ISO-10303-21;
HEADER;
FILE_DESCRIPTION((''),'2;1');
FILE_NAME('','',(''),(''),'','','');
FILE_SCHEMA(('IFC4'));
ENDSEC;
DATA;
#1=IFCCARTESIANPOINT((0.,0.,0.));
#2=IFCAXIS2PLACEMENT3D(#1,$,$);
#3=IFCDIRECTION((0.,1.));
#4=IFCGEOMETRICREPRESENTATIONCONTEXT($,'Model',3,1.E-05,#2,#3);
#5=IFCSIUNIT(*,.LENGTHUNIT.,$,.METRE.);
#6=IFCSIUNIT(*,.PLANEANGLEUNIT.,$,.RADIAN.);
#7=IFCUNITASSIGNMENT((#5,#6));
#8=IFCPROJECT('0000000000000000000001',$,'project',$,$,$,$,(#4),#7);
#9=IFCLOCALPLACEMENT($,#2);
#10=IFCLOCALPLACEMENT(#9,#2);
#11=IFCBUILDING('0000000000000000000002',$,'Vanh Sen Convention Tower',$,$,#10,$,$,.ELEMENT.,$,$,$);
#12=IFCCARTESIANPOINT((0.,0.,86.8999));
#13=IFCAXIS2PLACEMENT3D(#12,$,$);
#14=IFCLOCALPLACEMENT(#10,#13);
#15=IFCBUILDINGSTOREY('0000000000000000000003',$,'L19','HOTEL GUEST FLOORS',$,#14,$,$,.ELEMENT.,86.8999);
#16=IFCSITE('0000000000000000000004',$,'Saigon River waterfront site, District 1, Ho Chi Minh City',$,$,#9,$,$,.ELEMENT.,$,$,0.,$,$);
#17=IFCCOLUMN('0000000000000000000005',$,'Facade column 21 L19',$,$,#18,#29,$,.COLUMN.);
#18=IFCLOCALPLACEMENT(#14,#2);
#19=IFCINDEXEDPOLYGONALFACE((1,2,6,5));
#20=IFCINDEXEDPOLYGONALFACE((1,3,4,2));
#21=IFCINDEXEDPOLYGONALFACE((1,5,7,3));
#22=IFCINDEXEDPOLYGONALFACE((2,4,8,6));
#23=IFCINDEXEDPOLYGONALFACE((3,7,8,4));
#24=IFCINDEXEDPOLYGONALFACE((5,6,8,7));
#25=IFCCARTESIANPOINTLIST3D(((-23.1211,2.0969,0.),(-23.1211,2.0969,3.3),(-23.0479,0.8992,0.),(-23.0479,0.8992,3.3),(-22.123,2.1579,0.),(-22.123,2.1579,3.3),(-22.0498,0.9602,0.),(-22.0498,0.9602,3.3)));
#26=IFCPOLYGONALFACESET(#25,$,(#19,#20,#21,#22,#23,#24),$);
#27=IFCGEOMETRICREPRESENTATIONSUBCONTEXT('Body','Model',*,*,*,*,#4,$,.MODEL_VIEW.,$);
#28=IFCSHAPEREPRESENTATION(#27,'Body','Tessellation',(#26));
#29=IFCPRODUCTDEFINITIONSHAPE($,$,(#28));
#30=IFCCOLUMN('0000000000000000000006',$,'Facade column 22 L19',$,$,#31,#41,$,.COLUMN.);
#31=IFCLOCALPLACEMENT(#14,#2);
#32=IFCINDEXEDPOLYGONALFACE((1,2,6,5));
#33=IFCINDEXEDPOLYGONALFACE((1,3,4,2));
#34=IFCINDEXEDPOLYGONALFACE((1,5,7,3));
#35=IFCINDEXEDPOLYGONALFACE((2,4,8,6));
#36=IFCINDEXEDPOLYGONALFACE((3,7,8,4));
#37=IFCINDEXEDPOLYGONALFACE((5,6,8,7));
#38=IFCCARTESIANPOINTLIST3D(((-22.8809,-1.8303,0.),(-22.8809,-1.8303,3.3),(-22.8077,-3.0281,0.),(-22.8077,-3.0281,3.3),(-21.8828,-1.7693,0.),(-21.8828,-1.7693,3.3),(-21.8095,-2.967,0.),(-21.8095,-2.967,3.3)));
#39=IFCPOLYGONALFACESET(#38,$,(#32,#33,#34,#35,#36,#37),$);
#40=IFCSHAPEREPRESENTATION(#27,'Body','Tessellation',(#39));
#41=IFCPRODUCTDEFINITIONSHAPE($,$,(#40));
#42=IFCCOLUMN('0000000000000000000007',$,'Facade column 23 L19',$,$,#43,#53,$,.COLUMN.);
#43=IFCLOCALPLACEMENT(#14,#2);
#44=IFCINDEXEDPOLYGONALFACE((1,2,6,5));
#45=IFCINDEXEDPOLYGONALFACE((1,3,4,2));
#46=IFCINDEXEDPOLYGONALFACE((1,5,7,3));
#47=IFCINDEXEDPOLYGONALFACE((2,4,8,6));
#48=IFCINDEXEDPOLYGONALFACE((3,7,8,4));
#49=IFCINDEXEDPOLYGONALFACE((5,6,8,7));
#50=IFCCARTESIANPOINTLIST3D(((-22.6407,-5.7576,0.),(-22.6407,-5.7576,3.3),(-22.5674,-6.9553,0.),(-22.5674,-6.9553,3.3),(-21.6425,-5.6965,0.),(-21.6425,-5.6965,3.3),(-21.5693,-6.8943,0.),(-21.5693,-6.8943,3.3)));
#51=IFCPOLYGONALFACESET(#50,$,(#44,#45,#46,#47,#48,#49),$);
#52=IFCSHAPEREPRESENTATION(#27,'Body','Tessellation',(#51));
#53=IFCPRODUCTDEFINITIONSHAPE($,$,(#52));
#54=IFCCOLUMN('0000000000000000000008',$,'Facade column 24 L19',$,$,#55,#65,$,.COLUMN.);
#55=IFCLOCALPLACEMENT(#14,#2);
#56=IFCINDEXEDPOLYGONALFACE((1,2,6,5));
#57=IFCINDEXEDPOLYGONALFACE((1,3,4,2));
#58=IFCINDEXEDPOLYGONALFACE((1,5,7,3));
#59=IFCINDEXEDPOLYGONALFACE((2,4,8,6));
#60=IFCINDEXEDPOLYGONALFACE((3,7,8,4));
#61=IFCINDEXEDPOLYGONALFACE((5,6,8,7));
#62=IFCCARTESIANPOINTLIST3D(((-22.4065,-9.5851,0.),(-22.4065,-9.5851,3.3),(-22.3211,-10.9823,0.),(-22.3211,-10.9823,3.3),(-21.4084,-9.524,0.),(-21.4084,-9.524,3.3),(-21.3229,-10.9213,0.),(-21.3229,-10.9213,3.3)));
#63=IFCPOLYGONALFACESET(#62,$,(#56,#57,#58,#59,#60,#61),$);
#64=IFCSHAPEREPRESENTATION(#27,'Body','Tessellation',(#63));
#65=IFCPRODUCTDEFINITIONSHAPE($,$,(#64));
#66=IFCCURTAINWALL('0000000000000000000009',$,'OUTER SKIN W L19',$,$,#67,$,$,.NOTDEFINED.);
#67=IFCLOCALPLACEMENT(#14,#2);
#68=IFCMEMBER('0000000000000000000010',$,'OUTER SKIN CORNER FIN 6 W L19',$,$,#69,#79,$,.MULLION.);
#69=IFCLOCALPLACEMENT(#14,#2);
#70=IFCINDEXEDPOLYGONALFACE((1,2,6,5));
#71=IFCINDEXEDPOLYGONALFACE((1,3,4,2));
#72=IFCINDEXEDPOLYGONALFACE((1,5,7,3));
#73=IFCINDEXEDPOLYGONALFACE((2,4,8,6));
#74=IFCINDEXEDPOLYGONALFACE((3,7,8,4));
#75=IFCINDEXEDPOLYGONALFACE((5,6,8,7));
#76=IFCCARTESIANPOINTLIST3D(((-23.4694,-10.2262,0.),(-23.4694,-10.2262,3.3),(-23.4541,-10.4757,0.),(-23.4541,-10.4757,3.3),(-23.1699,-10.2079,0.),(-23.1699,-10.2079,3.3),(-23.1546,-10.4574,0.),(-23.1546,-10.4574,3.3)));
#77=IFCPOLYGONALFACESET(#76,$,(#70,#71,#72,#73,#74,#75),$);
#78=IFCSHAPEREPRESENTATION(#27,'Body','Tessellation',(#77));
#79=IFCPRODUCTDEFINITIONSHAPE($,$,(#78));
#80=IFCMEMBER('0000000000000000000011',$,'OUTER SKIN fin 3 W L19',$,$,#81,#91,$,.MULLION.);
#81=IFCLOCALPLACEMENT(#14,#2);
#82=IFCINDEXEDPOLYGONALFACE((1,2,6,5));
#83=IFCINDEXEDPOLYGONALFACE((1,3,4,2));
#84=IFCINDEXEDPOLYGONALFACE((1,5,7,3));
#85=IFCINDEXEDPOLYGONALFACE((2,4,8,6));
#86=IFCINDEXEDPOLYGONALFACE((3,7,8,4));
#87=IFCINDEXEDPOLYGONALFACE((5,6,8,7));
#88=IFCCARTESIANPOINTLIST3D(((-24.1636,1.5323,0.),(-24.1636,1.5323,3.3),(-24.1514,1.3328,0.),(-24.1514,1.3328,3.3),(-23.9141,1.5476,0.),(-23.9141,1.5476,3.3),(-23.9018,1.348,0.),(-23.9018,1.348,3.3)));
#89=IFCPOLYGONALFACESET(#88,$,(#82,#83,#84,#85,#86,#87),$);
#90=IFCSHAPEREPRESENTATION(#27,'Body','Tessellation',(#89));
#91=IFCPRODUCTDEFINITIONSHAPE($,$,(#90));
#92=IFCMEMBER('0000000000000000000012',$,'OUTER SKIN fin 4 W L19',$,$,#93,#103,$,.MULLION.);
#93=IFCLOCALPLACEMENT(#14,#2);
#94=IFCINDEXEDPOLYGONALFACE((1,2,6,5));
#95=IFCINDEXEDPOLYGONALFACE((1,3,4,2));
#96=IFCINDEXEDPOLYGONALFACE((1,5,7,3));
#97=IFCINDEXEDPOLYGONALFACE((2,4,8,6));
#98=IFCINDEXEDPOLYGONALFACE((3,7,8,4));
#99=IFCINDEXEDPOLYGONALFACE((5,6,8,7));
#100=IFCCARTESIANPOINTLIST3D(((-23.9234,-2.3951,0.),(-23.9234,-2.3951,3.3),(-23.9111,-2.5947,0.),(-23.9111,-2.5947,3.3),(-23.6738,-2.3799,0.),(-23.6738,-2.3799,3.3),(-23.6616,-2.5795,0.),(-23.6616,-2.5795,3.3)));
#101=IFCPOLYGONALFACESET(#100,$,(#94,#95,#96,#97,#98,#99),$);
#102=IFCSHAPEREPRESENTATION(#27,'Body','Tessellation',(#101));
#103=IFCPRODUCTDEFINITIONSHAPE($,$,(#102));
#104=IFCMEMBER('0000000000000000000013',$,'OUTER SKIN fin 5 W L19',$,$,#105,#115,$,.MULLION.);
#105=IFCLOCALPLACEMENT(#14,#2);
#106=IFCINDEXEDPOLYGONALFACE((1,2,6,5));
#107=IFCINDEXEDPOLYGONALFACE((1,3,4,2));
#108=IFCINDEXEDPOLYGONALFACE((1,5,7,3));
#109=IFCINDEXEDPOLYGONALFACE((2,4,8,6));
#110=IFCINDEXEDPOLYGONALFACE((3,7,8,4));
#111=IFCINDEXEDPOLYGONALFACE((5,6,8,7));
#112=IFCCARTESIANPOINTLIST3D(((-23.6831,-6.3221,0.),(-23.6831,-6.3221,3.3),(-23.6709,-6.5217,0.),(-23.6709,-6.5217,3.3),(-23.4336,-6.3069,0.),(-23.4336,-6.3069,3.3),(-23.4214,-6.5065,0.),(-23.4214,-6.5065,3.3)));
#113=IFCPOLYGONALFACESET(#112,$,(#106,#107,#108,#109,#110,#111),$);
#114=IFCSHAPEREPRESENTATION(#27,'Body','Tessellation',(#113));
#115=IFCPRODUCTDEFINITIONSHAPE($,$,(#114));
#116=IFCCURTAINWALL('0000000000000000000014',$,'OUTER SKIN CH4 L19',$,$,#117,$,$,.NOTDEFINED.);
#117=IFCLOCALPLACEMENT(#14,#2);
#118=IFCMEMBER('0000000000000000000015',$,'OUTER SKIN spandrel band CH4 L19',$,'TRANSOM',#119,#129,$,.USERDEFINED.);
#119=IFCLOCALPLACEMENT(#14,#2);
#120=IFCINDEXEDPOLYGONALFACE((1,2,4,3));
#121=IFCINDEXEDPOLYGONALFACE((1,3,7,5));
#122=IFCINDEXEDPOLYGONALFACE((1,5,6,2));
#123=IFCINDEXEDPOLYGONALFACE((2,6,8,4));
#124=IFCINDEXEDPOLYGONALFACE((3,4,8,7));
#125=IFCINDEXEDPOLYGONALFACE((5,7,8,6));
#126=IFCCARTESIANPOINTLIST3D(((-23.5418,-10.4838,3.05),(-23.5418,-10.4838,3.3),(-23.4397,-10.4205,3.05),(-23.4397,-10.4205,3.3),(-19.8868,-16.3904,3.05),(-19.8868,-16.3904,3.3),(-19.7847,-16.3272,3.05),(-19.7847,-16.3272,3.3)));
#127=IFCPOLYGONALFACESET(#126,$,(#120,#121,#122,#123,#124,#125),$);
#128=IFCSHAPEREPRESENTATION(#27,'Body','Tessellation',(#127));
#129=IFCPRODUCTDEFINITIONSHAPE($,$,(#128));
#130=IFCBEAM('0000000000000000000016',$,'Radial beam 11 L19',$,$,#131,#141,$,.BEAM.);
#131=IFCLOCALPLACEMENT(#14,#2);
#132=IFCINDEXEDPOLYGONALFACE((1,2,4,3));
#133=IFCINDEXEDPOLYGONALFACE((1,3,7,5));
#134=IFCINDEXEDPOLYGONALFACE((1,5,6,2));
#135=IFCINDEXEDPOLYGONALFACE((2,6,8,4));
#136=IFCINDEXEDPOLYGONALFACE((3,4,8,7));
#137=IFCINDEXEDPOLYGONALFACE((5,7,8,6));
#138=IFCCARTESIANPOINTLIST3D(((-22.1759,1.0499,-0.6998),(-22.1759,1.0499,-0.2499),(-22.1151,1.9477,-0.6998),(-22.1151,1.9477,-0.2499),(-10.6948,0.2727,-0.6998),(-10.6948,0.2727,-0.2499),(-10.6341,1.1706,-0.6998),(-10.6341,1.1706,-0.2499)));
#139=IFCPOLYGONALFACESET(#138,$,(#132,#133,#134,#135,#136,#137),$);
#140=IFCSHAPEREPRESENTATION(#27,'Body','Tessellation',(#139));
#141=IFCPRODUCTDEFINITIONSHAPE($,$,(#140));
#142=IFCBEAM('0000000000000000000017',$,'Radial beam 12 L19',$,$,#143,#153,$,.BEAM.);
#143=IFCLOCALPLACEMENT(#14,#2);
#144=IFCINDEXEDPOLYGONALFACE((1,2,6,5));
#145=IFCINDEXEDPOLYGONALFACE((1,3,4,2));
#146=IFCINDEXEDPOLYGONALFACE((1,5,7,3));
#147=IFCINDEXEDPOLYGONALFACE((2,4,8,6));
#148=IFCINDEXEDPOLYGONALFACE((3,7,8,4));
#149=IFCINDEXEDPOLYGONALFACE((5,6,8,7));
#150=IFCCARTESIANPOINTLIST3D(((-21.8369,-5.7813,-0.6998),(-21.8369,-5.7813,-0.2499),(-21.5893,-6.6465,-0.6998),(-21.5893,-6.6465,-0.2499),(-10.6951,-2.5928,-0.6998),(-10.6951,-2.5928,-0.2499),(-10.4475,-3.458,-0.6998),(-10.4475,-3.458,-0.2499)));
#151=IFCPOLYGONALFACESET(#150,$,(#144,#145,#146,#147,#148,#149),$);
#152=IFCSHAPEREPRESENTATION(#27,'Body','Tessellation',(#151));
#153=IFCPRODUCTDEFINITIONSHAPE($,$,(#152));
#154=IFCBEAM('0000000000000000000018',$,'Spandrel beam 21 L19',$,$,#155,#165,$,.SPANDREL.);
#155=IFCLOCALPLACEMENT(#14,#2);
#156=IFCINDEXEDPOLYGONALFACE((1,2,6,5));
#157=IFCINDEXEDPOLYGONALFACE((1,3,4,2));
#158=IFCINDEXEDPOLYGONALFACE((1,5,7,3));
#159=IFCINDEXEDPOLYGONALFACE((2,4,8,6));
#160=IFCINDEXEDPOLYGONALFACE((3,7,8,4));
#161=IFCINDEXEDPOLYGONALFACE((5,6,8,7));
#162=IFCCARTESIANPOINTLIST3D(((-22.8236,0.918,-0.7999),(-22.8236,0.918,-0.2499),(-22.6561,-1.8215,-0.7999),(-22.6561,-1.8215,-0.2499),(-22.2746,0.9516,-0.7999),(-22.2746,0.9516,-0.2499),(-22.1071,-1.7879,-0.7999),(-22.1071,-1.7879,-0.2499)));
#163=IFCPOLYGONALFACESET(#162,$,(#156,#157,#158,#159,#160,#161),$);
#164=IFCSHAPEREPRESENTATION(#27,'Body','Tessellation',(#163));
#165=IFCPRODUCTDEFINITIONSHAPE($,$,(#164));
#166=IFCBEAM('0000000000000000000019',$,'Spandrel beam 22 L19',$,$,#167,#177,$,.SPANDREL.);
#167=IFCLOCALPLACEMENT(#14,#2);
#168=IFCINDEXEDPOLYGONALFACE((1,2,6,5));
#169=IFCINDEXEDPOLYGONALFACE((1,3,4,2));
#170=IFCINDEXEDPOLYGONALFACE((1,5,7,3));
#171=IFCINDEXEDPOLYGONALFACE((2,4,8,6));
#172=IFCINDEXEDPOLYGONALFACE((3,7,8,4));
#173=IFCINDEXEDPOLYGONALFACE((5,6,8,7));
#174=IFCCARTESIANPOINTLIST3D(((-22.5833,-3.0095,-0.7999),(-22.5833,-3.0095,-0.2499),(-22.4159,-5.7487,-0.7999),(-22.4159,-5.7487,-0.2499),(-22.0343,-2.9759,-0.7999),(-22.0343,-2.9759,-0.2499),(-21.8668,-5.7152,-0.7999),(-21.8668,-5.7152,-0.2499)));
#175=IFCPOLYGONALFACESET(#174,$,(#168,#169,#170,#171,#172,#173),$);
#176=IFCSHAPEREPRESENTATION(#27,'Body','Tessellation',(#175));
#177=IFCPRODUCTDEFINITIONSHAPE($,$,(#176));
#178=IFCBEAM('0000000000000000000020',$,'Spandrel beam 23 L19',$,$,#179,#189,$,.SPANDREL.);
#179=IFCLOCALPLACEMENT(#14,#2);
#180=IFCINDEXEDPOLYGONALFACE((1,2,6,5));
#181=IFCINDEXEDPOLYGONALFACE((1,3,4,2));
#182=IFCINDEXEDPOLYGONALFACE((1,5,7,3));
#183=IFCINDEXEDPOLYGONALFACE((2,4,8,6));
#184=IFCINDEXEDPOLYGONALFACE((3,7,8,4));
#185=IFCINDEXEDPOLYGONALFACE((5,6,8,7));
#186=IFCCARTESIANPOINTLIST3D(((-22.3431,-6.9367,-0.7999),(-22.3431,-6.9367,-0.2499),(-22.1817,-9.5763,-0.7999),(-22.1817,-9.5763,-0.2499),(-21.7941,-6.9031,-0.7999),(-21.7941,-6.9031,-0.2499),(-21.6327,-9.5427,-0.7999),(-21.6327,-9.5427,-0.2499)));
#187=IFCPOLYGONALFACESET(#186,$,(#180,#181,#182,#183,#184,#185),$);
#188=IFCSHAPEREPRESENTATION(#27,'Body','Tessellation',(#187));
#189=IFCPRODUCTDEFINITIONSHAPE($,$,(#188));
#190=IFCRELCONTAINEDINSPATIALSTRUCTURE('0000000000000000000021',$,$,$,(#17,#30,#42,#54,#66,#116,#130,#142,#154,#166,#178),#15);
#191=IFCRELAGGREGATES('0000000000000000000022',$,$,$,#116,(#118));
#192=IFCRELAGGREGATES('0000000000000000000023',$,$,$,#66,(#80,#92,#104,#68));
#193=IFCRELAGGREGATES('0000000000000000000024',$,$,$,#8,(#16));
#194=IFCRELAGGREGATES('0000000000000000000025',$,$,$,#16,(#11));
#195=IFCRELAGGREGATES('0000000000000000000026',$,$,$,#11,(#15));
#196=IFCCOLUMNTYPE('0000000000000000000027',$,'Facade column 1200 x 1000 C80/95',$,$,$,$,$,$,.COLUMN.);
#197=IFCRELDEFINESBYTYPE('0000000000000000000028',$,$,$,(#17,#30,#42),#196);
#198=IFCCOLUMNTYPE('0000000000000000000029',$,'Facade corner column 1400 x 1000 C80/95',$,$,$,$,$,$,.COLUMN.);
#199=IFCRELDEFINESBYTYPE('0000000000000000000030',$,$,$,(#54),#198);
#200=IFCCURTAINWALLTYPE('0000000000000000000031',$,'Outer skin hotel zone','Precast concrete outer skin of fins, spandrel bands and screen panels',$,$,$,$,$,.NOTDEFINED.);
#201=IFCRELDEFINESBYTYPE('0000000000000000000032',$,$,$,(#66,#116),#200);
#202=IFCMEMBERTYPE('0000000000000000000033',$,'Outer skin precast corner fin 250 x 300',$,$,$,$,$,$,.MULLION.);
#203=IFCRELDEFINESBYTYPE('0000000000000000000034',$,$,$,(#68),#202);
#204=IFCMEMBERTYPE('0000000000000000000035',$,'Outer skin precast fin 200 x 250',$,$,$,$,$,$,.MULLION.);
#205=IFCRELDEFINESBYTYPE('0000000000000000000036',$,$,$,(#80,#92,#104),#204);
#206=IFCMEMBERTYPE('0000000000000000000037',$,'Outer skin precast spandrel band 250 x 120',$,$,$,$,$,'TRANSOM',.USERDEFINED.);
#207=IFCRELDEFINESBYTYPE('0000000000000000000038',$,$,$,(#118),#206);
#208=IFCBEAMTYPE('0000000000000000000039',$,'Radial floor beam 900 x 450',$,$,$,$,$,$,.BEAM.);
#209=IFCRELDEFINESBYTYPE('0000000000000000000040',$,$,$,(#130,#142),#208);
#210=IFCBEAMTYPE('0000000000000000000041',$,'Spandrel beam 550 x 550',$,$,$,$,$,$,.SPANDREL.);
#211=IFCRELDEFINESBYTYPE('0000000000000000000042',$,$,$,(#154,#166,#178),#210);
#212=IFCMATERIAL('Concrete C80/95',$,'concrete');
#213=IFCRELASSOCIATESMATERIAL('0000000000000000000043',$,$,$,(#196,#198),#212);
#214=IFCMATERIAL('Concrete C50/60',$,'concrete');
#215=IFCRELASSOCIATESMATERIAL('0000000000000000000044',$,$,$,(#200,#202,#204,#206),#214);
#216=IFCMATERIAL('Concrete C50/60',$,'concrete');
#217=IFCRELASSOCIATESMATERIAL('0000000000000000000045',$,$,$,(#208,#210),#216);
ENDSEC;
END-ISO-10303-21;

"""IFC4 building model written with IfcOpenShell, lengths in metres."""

from ifc_helpers import new_model, si_unit, direction, frame, origin, origin_2d, place, context, subcontext, project, spatial, rectangle, extrude, material, material_profile, profile_set, type_object, element, aggregate, save


model = new_model("IFC4")

# Units and contexts
model_context = context("Model", 3, precision=1e-05, world=origin(), true_north=direction((0.0, 1.0)))
body_context = subcontext(model_context, "Body", "Model", "MODEL_VIEW")
ifc_project = project(units=[si_unit("LENGTHUNIT", "METRE"), si_unit("PLANEANGLEUNIT", "RADIAN")], contexts=[model_context])

# Site, building, storey
site_placement = place(None, origin())
site = spatial("IfcSite", under=ifc_project, at=site_placement, Name="Saigon River waterfront site, District 1, Ho Chi Minh City", CompositionType="ELEMENT", RefElevation=0.0)
building_placement = place(site_placement, origin())
building = spatial("IfcBuilding", under=site, at=building_placement, Name="Vanh Sen Convention Tower", CompositionType="ELEMENT")
storey_placement = place(building_placement, frame((0.0, 0.0, 86.8999)))
storey = spatial("IfcBuildingStorey", under=building, at=storey_placement, Name="L19", Description="HOTEL GUEST FLOORS", CompositionType="ELEMENT", Elevation=86.8999)

# Columns
ifc_material_1 = material(Name="Concrete C80/95", Category="concrete")
ifc_material_profile_1 = material_profile(ifc_material_1, rectangle(XDim=1.2, YDim=1.0, at=origin_2d()), Name="RC 1200X1000")
ifc_profile_set_1 = profile_set([ifc_material_profile_1], Name="Concrete C80/95")
column_type_1 = type_object("IfcColumnType", Name="Facade column 1200 x 1000 C80/95", PredefinedType="COLUMN", material=ifc_profile_set_1)
for number, where, z_axis, x_axis, name in (
    (1, (-22.5854, 1.5286, 0.0), (0.0, 0.0, 1.0), (0.061049, -0.998135, 0.0), "Facade column 21 L19"),
    (2, (-22.3452, -2.3987, 0.0), (0.0, 0.0, 1.0), (0.061049, -0.998135, 0.0), "Facade column 22 L19"),
    (3, (-22.105, -6.3259, 0.0), (0.0, 0.0, 1.0), (0.061049, -0.998135, 0.0), "Facade column 23 L19"),
):
    element("IfcColumn", number, at=place(storey_placement, frame(where, z_axis=z_axis, x_axis=x_axis)), inside=storey, type_object=column_type_1, Name=name, PredefinedType="COLUMN", context=body_context, shape_type="SweptSolid", body=[
        extrude(rectangle(XDim=1.2, YDim=1.0, at=origin_2d()), origin(), (0.0, 0.0, 1.0), 3.3),
    ])
ifc_material_profile_2 = material_profile(ifc_material_1, rectangle(XDim=1.3999, YDim=1.0, at=origin_2d()), Name="RC 1400X1000")
ifc_profile_set_2 = profile_set([ifc_material_profile_2], Name="Concrete C80/95")
column_type_2 = type_object("IfcColumnType", Name="Facade corner column 1400 x 1000 C80/95", PredefinedType="COLUMN", material=ifc_profile_set_2)
column_placement = place(storey_placement, frame((-21.8647, -10.2532, 0.0), z_axis=(0.0, 0.0, 1.0), x_axis=(0.061049, -0.998135, 0.0)))
element("IfcColumn", 4, at=column_placement, inside=storey, type_object=column_type_2, Name="Facade column 24 L19", PredefinedType="COLUMN", context=body_context, shape_type="SweptSolid", body=[
    extrude(rectangle(XDim=1.3999, YDim=1.0, at=origin_2d()), origin(), (0.0, 0.0, 1.0), 3.3),
])

# Curtain wall, members
ifc_material_2 = material(Name="Concrete C50/60", Category="concrete")
curtain_wall_type = type_object("IfcCurtainWallType", Name="Outer skin hotel zone", Description="Precast concrete outer skin of fins, spandrel bands and screen panels", PredefinedType="NOTDEFINED", material=ifc_material_2)
curtain_wall_1_placement = place(storey_placement, origin())
curtain_wall_1 = element("IfcCurtainWall", 5, at=curtain_wall_1_placement, inside=storey, type_object=curtain_wall_type, Name="OUTER SKIN W L19", PredefinedType="NOTDEFINED")
ifc_material_profile_3 = material_profile(ifc_material_2, rectangle(XDim=0.25, YDim=0.3, at=origin_2d()), Name="Outer skin precast corner fin 250 x 300")
ifc_profile_set_3 = profile_set([ifc_material_profile_3], Name="Concrete C50/60")
member_type_1 = type_object("IfcMemberType", Name="Outer skin precast corner fin 250 x 300", PredefinedType="MULLION", material=ifc_profile_set_3)
member_1_placement = place(storey_placement, frame((-23.312, -10.3418, 0.0), z_axis=(0.0, 0.0, 1.0), x_axis=(0.061049, -0.998135, 0.0)))
member_1 = element("IfcMember", 6, at=member_1_placement, type_object=member_type_1, Name="OUTER SKIN CORNER FIN 6 W L19", PredefinedType="MULLION", context=body_context, shape_type="SweptSolid", body=[
    extrude(rectangle(XDim=0.25, YDim=0.3, at=origin_2d()), origin(), (0.0, 0.0, 1.0), 3.3),
])
ifc_material_profile_4 = material_profile(ifc_material_2, rectangle(XDim=0.2, YDim=0.25, at=origin_2d()), Name="Outer skin precast fin 200 x 250")
ifc_profile_set_4 = profile_set([ifc_material_profile_4], Name="Concrete C50/60")
member_type_2 = type_object("IfcMemberType", Name="Outer skin precast fin 200 x 250", PredefinedType="MULLION", material=ifc_profile_set_4)
member_2_placement = place(storey_placement, frame((-24.0327, 1.4402, 0.0), z_axis=(0.0, 0.0, 1.0), x_axis=(0.061049, -0.998135, 0.0)))
member_2 = element("IfcMember", 7, at=member_2_placement, type_object=member_type_2, Name="OUTER SKIN fin 3 W L19", PredefinedType="MULLION", context=body_context, shape_type="SweptSolid", body=[
    extrude(rectangle(XDim=0.2, YDim=0.25, at=origin_2d()), origin(), (0.0, 0.0, 1.0), 3.3),
])
member_3_placement = place(storey_placement, frame((-23.7925, -2.4873, 0.0), z_axis=(0.0, 0.0, 1.0), x_axis=(0.061049, -0.998135, 0.0)))
member_3 = element("IfcMember", 8, at=member_3_placement, type_object=member_type_2, Name="OUTER SKIN fin 4 W L19", PredefinedType="MULLION", context=body_context, shape_type="SweptSolid", body=[
    extrude(rectangle(XDim=0.2, YDim=0.25, at=origin_2d()), origin(), (0.0, 0.0, 1.0), 3.3),
])
member_4_placement = place(storey_placement, frame((-23.5522, -6.4143, 0.0), z_axis=(0.0, 0.0, 1.0), x_axis=(0.061049, -0.998135, 0.0)))
member_4 = element("IfcMember", 9, at=member_4_placement, type_object=member_type_2, Name="OUTER SKIN fin 5 W L19", PredefinedType="MULLION", context=body_context, shape_type="SweptSolid", body=[
    extrude(rectangle(XDim=0.2, YDim=0.25, at=origin_2d()), origin(), (0.0, 0.0, 1.0), 3.3),
])

# Curtain wall, member
curtain_wall_2_placement = place(storey_placement, origin())
curtain_wall_2 = element("IfcCurtainWall", 10, at=curtain_wall_2_placement, inside=storey, type_object=curtain_wall_type, Name="OUTER SKIN CH4 L19", PredefinedType="NOTDEFINED")
ifc_material_profile_5 = material_profile(ifc_material_2, rectangle(XDim=0.1201, YDim=0.25, at=origin_2d()), Name="Outer skin precast spandrel band 250 x 120")
ifc_profile_set_5 = profile_set([ifc_material_profile_5], Name="Concrete C50/60")
member_type_3 = type_object("IfcMemberType", Name="Outer skin precast spandrel band 250 x 120", ElementType="TRANSOM", PredefinedType="USERDEFINED", material=ifc_profile_set_5)
member_5_placement = place(storey_placement, frame((-23.4907, -10.4521, 3.175), z_axis=(0.526196, -0.850363, 0.0), x_axis=(0.850363, 0.526196, 0.0)))
member_5 = element("IfcMember", 11, at=member_5_placement, type_object=member_type_3, Name="OUTER SKIN spandrel band CH4 L19", ObjectType="TRANSOM", PredefinedType="USERDEFINED", context=body_context, shape_type="SweptSolid", body=[
    extrude(rectangle(XDim=0.1201, YDim=0.25, at=origin_2d()), origin(), (0.0, 0.0, 1.0), 6.946),
])
aggregate(curtain_wall_2, [member_5])

# Beams
ifc_material_3 = material(Name="Concrete C50/60", Category="concrete")
ifc_material_profile_6 = material_profile(ifc_material_3, rectangle(XDim=0.8999, YDim=0.45, at=origin_2d()), Name="RC 900X450")
ifc_profile_set_6 = profile_set([ifc_material_profile_6], Name="Concrete C50/60")
beam_type_1 = type_object("IfcBeamType", Name="Radial floor beam 900 x 450", PredefinedType="BEAM", material=ifc_profile_set_6)
beam_1_placement = place(storey_placement, frame((-22.1455, 1.4988, -0.4749), z_axis=(0.997717, -0.067531, 0.0), x_axis=(0.067531, 0.997717, 0.0)))
element("IfcBeam", 12, at=beam_1_placement, inside=storey, type_object=beam_type_1, Name="Radial beam 11 L19", PredefinedType="BEAM", context=body_context, shape_type="SweptSolid", body=[
    extrude(rectangle(XDim=0.8999, YDim=0.45, at=origin_2d()), origin(), (0.0, 0.0, 1.0), 11.5073),
])
beam_2_placement = place(storey_placement, frame((-21.7131, -6.2139, -0.4749), z_axis=(0.961408, 0.275127, 0.0), x_axis=(-0.275127, 0.961408, 0.0)))
element("IfcBeam", 13, at=beam_2_placement, inside=storey, type_object=beam_type_1, Name="Radial beam 12 L19", PredefinedType="BEAM", context=body_context, shape_type="SweptSolid", body=[
    extrude(rectangle(XDim=0.8999, YDim=0.45, at=origin_2d()), origin(), (0.0, 0.0, 1.0), 11.5891),
])
ifc_material_profile_7 = material_profile(ifc_material_3, rectangle(XDim=0.55, YDim=0.55, at=origin_2d()), Name="RC 550X550")
ifc_profile_set_7 = profile_set([ifc_material_profile_7], Name="Concrete C50/60")
beam_type_2 = type_object("IfcBeamType", Name="Spandrel beam 550 x 550", PredefinedType="SPANDREL", material=ifc_profile_set_7)
beam_3_placement = place(storey_placement, frame((-22.5491, 0.9348, -0.5249), z_axis=(0.061021, -0.998136, 0.0), x_axis=(0.998136, 0.061021, 0.0)))
element("IfcBeam", 14, at=beam_3_placement, inside=storey, type_object=beam_type_2, Name="Spandrel beam 21 L19", PredefinedType="SPANDREL", context=body_context, shape_type="SweptSolid", body=[
    extrude(rectangle(XDim=0.55, YDim=0.55, at=origin_2d()), origin(), (0.0, 0.0, 1.0), 2.7446),
])
beam_4_placement = place(storey_placement, frame((-22.3088, -2.9927, -0.5249), z_axis=(0.061027, -0.998136, 0.0), x_axis=(0.998136, 0.061027, 0.0)))
element("IfcBeam", 15, at=beam_4_placement, inside=storey, type_object=beam_type_2, Name="Spandrel beam 22 L19", PredefinedType="SPANDREL", context=body_context, shape_type="SweptSolid", body=[
    extrude(rectangle(XDim=0.55, YDim=0.55, at=origin_2d()), origin(), (0.0, 0.0, 1.0), 2.7444),
])
beam_5_placement = place(storey_placement, frame((-22.0686, -6.9199, -0.5249), z_axis=(0.061022, -0.998136, 0.0), x_axis=(0.998136, 0.061022, 0.0)))
element("IfcBeam", 16, at=beam_5_placement, inside=storey, type_object=beam_type_2, Name="Spandrel beam 23 L19", PredefinedType="SPANDREL", context=body_context, shape_type="SweptSolid", body=[
    extrude(rectangle(XDim=0.55, YDim=0.55, at=origin_2d()), origin(), (0.0, 0.0, 1.0), 2.6445),
])

aggregate(curtain_wall_1, [member_2, member_3, member_4, member_1])

save(model, "model.ifc")
